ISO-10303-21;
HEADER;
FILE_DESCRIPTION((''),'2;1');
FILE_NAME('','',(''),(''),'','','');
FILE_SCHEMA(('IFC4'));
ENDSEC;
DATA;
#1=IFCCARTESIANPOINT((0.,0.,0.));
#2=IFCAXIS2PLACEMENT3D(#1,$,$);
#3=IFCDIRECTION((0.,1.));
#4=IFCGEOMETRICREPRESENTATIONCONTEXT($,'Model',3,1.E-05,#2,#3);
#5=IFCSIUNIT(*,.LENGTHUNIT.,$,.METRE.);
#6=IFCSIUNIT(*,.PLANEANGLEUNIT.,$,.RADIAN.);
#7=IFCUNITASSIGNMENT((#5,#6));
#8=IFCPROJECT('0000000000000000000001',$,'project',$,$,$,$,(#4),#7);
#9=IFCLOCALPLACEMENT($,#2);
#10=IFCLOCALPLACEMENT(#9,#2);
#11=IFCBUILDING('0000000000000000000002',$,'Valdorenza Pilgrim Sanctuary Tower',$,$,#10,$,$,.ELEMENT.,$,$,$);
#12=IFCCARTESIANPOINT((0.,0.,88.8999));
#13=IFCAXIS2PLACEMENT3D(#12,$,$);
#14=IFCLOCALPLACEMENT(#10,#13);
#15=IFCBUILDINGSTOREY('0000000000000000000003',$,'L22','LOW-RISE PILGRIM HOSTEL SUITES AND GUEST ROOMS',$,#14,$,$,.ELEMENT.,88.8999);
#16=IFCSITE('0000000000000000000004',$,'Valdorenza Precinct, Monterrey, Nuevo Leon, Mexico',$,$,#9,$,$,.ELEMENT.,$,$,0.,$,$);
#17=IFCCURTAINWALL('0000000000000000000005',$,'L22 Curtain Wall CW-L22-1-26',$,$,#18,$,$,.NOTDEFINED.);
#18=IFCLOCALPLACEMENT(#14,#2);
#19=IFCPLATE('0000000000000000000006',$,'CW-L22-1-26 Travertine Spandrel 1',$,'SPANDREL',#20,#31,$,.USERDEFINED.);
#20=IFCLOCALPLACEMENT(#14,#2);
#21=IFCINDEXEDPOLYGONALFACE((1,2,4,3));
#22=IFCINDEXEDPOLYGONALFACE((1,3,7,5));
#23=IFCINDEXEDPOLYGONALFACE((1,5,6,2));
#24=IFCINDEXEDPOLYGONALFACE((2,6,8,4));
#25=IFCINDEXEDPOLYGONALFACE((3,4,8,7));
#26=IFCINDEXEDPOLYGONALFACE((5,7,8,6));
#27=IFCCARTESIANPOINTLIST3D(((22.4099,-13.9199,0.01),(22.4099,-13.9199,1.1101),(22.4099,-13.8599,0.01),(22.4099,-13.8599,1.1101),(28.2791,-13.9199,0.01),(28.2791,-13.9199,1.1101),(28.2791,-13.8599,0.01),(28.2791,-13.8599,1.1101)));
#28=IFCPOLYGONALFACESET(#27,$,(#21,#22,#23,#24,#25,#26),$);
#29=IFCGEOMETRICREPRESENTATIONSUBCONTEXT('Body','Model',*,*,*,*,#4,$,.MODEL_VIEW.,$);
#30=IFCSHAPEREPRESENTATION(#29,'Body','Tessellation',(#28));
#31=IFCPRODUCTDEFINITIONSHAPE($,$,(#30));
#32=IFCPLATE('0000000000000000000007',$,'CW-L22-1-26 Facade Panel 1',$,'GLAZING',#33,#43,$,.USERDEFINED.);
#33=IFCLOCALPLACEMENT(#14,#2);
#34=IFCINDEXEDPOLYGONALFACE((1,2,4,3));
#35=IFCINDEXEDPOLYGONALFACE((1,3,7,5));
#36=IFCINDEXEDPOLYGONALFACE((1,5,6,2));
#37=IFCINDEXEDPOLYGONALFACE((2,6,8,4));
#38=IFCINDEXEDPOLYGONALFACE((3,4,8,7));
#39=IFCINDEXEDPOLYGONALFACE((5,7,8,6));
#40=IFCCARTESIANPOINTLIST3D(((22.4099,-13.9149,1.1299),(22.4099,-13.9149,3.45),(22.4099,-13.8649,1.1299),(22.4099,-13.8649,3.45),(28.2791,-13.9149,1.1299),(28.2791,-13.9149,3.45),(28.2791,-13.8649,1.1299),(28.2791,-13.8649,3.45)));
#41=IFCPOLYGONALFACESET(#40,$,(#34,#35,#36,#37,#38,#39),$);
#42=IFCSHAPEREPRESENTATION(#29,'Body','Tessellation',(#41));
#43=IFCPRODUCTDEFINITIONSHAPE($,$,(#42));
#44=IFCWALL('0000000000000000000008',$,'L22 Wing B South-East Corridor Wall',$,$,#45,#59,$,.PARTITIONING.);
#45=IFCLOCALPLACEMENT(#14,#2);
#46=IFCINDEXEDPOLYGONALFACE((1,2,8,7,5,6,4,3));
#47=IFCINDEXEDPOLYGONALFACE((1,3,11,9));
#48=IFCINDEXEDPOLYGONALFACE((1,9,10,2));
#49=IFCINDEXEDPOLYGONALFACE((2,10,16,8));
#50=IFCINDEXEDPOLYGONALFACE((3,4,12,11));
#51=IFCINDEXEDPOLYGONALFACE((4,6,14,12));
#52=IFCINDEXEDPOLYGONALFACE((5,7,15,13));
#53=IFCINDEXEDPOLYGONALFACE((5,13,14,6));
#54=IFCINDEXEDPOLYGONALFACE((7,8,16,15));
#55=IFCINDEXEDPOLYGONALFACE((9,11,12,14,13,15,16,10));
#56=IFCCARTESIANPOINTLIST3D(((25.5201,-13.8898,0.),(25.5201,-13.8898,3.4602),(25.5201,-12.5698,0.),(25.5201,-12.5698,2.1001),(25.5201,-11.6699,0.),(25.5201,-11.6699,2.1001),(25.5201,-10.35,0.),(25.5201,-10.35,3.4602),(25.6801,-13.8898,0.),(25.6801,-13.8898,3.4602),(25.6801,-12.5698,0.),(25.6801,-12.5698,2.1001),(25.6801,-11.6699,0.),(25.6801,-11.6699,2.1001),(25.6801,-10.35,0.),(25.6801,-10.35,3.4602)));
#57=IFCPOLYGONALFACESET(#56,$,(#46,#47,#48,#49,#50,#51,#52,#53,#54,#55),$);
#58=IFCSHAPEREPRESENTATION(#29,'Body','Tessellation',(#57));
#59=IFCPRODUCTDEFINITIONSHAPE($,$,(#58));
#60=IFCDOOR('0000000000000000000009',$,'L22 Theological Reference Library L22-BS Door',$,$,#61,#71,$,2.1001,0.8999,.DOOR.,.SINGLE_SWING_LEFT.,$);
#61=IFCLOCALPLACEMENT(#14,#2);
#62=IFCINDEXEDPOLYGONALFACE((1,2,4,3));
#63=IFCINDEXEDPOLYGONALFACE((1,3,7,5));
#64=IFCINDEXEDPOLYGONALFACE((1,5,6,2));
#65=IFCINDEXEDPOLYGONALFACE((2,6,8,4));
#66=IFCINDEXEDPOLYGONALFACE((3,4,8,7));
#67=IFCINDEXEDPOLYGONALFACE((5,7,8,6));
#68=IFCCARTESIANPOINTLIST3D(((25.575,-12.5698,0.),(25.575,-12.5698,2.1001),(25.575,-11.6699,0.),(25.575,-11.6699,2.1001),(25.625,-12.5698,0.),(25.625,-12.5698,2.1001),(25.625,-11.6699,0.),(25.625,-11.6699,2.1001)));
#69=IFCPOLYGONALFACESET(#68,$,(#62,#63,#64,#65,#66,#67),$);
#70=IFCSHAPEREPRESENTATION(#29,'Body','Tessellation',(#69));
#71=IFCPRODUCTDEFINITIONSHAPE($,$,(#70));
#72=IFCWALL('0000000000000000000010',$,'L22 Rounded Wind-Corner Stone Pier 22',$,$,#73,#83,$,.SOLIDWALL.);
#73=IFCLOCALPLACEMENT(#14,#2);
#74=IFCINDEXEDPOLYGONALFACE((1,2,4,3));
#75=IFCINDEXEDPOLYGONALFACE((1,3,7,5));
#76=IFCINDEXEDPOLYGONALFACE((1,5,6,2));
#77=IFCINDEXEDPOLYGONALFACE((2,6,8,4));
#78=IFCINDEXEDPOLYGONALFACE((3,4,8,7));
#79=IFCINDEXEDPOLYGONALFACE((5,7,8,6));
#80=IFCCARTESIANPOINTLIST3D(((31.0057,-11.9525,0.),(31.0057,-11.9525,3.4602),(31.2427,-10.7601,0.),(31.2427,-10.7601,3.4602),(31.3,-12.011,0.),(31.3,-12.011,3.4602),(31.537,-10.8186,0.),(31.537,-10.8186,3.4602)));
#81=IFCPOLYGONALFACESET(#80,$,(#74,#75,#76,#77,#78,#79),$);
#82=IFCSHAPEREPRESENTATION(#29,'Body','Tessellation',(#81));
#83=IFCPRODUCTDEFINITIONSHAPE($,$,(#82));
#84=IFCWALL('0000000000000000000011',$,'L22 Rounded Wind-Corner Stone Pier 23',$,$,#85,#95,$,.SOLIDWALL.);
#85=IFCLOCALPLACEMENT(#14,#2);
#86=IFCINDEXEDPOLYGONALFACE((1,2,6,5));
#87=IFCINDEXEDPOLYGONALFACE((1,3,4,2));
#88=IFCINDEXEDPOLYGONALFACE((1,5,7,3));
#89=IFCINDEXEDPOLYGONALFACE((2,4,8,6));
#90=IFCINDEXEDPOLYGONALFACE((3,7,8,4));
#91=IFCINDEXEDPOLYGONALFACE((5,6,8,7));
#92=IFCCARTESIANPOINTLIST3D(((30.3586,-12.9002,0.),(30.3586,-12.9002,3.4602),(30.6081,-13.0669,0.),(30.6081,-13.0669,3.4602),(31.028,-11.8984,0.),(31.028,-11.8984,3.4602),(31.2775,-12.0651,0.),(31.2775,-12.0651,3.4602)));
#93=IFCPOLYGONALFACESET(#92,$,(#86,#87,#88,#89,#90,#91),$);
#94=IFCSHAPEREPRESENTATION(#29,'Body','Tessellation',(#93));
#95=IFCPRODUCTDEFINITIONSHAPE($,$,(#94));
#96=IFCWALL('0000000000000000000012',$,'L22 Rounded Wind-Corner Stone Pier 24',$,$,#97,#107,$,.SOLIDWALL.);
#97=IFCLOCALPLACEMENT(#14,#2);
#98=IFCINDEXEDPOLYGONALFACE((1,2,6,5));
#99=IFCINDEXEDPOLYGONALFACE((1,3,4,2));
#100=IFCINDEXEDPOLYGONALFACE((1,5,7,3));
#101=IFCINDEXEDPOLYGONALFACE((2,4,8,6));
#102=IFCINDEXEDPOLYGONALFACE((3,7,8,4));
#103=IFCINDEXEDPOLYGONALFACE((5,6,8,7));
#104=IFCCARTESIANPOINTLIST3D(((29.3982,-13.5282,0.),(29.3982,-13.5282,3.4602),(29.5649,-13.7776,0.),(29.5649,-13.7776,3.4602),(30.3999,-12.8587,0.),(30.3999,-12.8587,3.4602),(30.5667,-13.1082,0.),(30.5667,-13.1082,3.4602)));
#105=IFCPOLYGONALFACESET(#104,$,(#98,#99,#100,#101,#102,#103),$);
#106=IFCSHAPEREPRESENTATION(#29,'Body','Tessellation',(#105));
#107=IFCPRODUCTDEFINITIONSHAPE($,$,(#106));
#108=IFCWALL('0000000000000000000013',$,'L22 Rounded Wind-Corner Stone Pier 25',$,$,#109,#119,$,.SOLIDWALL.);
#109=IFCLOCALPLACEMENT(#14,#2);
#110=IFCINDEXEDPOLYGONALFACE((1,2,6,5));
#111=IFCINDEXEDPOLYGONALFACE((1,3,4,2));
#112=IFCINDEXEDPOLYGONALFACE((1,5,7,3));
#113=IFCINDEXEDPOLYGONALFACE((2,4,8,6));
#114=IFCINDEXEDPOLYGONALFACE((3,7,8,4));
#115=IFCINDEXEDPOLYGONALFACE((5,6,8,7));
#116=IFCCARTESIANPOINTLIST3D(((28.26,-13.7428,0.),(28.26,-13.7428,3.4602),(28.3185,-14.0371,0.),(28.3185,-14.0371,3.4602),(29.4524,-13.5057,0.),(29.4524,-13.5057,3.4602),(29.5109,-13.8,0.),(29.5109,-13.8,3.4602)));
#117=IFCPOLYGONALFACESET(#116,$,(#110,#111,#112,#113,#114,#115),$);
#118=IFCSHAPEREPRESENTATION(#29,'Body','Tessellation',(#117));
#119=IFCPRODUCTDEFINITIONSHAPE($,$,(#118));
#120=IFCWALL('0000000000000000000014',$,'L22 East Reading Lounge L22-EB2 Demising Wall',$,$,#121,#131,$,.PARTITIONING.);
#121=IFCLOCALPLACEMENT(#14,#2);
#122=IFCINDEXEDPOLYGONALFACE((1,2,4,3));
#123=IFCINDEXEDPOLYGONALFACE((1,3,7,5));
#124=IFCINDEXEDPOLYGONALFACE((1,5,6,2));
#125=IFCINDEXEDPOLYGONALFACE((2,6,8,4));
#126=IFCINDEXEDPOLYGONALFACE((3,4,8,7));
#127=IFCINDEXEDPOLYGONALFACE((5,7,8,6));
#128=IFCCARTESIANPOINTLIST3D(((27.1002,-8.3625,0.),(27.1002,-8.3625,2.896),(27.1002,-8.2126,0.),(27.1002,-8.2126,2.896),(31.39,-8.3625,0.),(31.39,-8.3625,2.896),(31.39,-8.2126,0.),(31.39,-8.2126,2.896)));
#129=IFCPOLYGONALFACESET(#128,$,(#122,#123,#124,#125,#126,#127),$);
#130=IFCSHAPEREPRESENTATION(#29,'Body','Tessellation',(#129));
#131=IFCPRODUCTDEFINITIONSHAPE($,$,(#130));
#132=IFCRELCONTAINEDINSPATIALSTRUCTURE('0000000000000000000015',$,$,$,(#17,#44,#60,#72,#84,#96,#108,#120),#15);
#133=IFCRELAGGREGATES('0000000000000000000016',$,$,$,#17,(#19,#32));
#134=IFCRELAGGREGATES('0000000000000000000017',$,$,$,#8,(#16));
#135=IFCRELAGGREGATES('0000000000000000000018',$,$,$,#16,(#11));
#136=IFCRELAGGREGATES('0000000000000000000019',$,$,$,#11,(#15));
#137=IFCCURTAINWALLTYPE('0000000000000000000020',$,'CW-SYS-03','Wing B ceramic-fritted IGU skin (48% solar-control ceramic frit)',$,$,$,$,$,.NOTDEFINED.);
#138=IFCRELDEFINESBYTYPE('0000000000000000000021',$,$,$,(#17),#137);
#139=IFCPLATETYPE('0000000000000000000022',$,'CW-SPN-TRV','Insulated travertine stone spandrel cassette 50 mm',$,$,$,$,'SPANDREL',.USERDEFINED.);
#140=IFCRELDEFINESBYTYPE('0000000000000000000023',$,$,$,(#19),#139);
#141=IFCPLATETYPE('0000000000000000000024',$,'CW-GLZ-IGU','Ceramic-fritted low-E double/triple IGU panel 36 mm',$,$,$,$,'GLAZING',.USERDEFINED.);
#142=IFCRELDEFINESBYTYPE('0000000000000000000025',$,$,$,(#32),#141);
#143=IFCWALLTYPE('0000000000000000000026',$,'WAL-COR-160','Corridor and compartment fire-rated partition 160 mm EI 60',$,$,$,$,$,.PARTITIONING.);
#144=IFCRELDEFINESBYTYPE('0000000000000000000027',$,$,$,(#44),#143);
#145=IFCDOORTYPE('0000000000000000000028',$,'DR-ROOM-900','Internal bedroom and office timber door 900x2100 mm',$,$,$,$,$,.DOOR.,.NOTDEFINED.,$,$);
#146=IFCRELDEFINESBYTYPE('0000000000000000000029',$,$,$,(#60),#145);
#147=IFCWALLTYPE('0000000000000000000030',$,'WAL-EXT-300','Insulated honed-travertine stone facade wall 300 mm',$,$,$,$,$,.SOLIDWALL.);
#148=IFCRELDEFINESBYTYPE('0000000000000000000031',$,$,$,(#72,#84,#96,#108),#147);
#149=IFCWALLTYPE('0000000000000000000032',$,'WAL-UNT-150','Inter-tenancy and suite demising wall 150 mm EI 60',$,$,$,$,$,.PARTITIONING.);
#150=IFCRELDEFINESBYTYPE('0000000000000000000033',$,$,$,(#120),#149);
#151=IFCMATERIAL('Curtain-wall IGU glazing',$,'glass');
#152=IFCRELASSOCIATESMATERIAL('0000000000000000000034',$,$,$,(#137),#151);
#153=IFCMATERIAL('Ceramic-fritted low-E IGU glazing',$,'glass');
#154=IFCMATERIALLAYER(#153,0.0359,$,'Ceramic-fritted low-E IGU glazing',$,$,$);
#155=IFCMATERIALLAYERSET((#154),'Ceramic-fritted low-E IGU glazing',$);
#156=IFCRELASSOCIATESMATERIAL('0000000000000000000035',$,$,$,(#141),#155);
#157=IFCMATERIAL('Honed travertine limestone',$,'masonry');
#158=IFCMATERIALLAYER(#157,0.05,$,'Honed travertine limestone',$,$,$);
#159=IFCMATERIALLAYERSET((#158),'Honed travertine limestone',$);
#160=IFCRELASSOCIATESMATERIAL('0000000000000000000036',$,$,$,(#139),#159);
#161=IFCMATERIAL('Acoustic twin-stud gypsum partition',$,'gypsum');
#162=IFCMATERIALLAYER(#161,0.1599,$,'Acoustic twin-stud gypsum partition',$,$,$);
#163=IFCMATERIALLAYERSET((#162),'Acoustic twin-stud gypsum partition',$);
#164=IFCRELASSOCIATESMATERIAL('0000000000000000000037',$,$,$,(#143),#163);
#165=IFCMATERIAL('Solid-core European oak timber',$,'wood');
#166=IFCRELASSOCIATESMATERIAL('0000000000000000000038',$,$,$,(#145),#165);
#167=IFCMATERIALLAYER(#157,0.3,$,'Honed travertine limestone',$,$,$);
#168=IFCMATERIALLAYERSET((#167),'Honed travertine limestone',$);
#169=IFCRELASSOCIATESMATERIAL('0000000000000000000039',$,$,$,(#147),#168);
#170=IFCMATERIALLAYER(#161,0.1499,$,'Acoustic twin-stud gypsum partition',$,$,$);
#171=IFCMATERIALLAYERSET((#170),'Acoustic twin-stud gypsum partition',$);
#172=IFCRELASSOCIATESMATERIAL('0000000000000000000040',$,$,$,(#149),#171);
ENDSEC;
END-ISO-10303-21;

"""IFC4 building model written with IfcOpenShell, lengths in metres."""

from ifc_helpers import new_model, si_unit, direction, frame, frame_2d, origin, origin_2d, place, context, subcontext, project, spatial, rectangle, extrude, source, transform, mapped, material, layer, layer_set, type_object, element, fill, aggregate, save


model = new_model("IFC4")

# Units and contexts
model_context = context("Model", 3, precision=1e-05, world=origin(), true_north=direction((0.0, 1.0)))
body_context = subcontext(model_context, "Body", "Model", "MODEL_VIEW")
ifc_project = project(units=[si_unit("LENGTHUNIT", "METRE"), si_unit("PLANEANGLEUNIT", "RADIAN")], contexts=[model_context])

# Site, building, storey
site_placement = place(None, origin())
site = spatial("IfcSite", under=ifc_project, at=site_placement, Name="Valdorenza Precinct, Monterrey, Nuevo Leon, Mexico", CompositionType="ELEMENT", RefElevation=0.0)
building_placement = place(site_placement, origin())
building = spatial("IfcBuilding", under=site, at=building_placement, Name="Valdorenza Pilgrim Sanctuary Tower", CompositionType="ELEMENT")
storey_placement = place(building_placement, frame((0.0, 0.0, 88.8999)))
storey = spatial("IfcBuildingStorey", under=building, at=storey_placement, Name="L22", Description="LOW-RISE PILGRIM HOSTEL SUITES AND GUEST ROOMS", CompositionType="ELEMENT", Elevation=88.8999)

# Curtain wall
ifc_material_1 = material(Name="Curtain-wall IGU glazing", Category="glass")
curtain_wall_type = type_object("IfcCurtainWallType", Name="CW-SYS-03", Description="Wing B ceramic-fritted IGU skin (48% solar-control ceramic frit)", PredefinedType="NOTDEFINED", material=ifc_material_1)
curtain_wall_1_placement = place(storey_placement, origin())
curtain_wall_1 = element("IfcCurtainWall", 1, at=curtain_wall_1_placement, inside=storey, type_object=curtain_wall_type, Name="L22 Curtain Wall CW-L22-1-26", PredefinedType="NOTDEFINED")

# Plates
ifc_material_2 = material(Name="Ceramic-fritted low-E IGU glazing", Category="glass")
ifc_layer_1 = layer(ifc_material_2, 0.0359, Name="Ceramic-fritted low-E IGU glazing")
ifc_layer_set_1 = layer_set([ifc_layer_1], Name="Ceramic-fritted low-E IGU glazing")
plate_type_1 = type_object("IfcPlateType", Name="CW-GLZ-IGU", Description="Ceramic-fritted low-E double/triple IGU panel 36 mm", ElementType="GLAZING", PredefinedType="USERDEFINED", material=ifc_layer_set_1)
ifc_material_3 = material(Name="Honed travertine limestone", Category="masonry")
ifc_layer_2 = layer(ifc_material_3, 0.05, Name="Honed travertine limestone")
ifc_layer_set_2 = layer_set([ifc_layer_2], Name="Honed travertine limestone")
plate_type_2 = type_object("IfcPlateType", Name="CW-SPN-TRV", Description="Insulated travertine stone spandrel cassette 50 mm", ElementType="SPANDREL", PredefinedType="USERDEFINED", material=ifc_layer_set_2)
shared_shape_1 = source(origin(), body_context, "Body", "SweptSolid", [
    extrude(rectangle(XDim=5.8691, YDim=0.0601, at=origin_2d()), origin(), (0.0, 0.0, 1.0), 1.1001),
])
plate_1_placement = place(storey_placement, frame((25.3445, -13.8899, 0.01), z_axis=(0.0, 0.0, 1.0), x_axis=(-1.0, 0.0, 0.0)))
plate_1 = element("IfcPlate", 2, at=plate_1_placement, type_object=plate_type_2, Name="CW-L22-1-26 Travertine Spandrel 1", ObjectType="SPANDREL", PredefinedType="USERDEFINED", context=body_context, shape_type="MappedRepresentation", body=[
    mapped(shared_shape_1, transform((0.0, 0.0, 0.0), x_axis=(1.0, 0.0, 0.0), y_axis=(0.0, 1.0, 0.0), z_axis=(0.0, 0.0, 1.0), scale=1.0)),
])
shared_shape_2 = source(origin(), body_context, "Body", "SweptSolid", [
    extrude(rectangle(XDim=5.8691, YDim=0.05, at=origin_2d()), origin(), (0.0, 0.0, 1.0), 2.3201),
])
plate_2_placement = place(storey_placement, frame((25.3445, -13.8899, 1.1299), z_axis=(0.0, 0.0, 1.0), x_axis=(-1.0, 0.0, 0.0)))
plate_2 = element("IfcPlate", 3, at=plate_2_placement, type_object=plate_type_1, Name="CW-L22-1-26 Facade Panel 1", ObjectType="GLAZING", PredefinedType="USERDEFINED", context=body_context, shape_type="MappedRepresentation", body=[
    mapped(shared_shape_2, transform((0.0, 0.0, 0.0), x_axis=(1.0, 0.0, 0.0), y_axis=(0.0, 1.0, 0.0), z_axis=(0.0, 0.0, 1.0), scale=1.0)),
])
aggregate(curtain_wall_1, [plate_1, plate_2])

# Wall, opening, door
ifc_material_4 = material(Name="Acoustic twin-stud gypsum partition", Category="gypsum")
ifc_layer_3 = layer(ifc_material_4, 0.1599, Name="Acoustic twin-stud gypsum partition")
ifc_layer_set_3 = layer_set([ifc_layer_3], Name="Acoustic twin-stud gypsum partition")
wall_type_1 = type_object("IfcWallType", Name="WAL-COR-160", Description="Corridor and compartment fire-rated partition 160 mm EI 60", PredefinedType="PARTITIONING", material=ifc_layer_set_3)
wall_1_placement = place(storey_placement, frame((25.6001, -13.8899, 0.0), z_axis=(0.0, 0.0, 1.0), x_axis=(0.0, 1.0, 0.0)))
wall_1 = element("IfcWall", 4, at=wall_1_placement, inside=storey, type_object=wall_type_1, Name="L22 Wing B South-East Corridor Wall", PredefinedType="PARTITIONING", context=body_context, shape_type="SweptSolid", body=[
    extrude(rectangle(XDim=3.5398, YDim=0.1599, at=frame_2d((1.77, 0.0))), origin(), (0.0, 0.0, 1.0), 3.4602),
])
opening_1_placement = place(wall_1_placement, frame((1.3201, 0.0, 0.0)))
opening_1 = element("IfcOpeningElement", 5, at=opening_1_placement, cuts=wall_1, PredefinedType="OPENING", context=body_context, shape_type="SweptSolid", body=[
    extrude(rectangle(XDim=0.8999, YDim=2.1001, at=frame_2d((0.45, 1.05))), frame((0.0, 0.0947, 0.0), z_axis=(0.0, -1.0, 0.0), x_axis=(1.0, 0.0, 0.0)), (0.0, 0.0, 1.0), 0.1897),
])
ifc_material_5 = material(Name="Solid-core European oak timber", Category="wood")
door_type_1 = type_object("IfcDoorType", Name="DR-ROOM-900", Description="Internal bedroom and office timber door 900x2100 mm", OperationType="NOTDEFINED", PredefinedType="DOOR", material=ifc_material_5)
door_1_placement = place(opening_1_placement, frame((0.8999, 0.0, 0.0), z_axis=(0.0, 0.0, 1.0), x_axis=(-1.0, 0.0, 0.0)))
door_1 = element("IfcDoor", 6, at=door_1_placement, inside=storey, type_object=door_type_1, Name="L22 Theological Reference Library L22-BS Door", OperationType="SINGLE_SWING_LEFT", OverallHeight=2.1001, OverallWidth=0.8999, PredefinedType="DOOR", context=body_context, shape_type="SweptSolid", body=[
    extrude(rectangle(XDim=0.8999, YDim=2.1001, at=frame_2d((0.45, 1.05))), frame((0.0, 0.0249, 0.0), z_axis=(0.0, -1.0, 0.0), x_axis=(1.0, 0.0, 0.0)), (0.0, 0.0, 1.0), 0.05),
])
fill(opening_1, door_1)

# Walls
ifc_layer_4 = layer(ifc_material_3, 0.3, Name="Honed travertine limestone")
ifc_layer_set_4 = layer_set([ifc_layer_4], Name="Honed travertine limestone")
wall_type_2 = type_object("IfcWallType", Name="WAL-EXT-300", Description="Insulated honed-travertine stone facade wall 300 mm", PredefinedType="SOLIDWALL", material=ifc_layer_set_4)
wall_2_placement = place(storey_placement, frame((31.3899, -10.7893, 0.0), z_axis=(0.0, 0.0, 1.0), x_axis=(-0.194996, -0.980804, 0.0)))
element("IfcWall", 7, at=wall_2_placement, inside=storey, type_object=wall_type_2, Name="L22 Rounded Wind-Corner Stone Pier 22", PredefinedType="SOLIDWALL", context=body_context, shape_type="SweptSolid", body=[
    extrude(rectangle(XDim=1.2158, YDim=0.3, at=frame_2d((0.6079, 0.0))), origin(), (0.0, 0.0, 1.0), 3.4602),
])
for number, where, z_axis, x_axis, name in (
    (8, (31.1528, -11.9817, 0.0), (0.0, 0.0, 1.0), (-0.555635, -0.831426, 0.0), "L22 Rounded Wind-Corner Stone Pier 23"),
    (9, (30.4834, -12.9834, 0.0), (0.0, 0.0, 1.0), (-0.831426, -0.555635, 0.0), "L22 Rounded Wind-Corner Stone Pier 24"),
):
    element("IfcWall", number, at=place(storey_placement, frame(where, z_axis=z_axis, x_axis=x_axis)), inside=storey, type_object=wall_type_2, Name=name, PredefinedType="SOLIDWALL", context=body_context, shape_type="SweptSolid", body=[
        extrude(rectangle(XDim=1.2048, YDim=0.3, at=frame_2d((0.6025, 0.0))), origin(), (0.0, 0.0, 1.0), 3.4602),
    ])
wall_3_placement = place(storey_placement, frame((29.4817, -13.6528, 0.0), z_axis=(0.0, 0.0, 1.0), x_axis=(-0.980804, -0.194996, 0.0)))
element("IfcWall", 10, at=wall_3_placement, inside=storey, type_object=wall_type_2, Name="L22 Rounded Wind-Corner Stone Pier 25", PredefinedType="SOLIDWALL", context=body_context, shape_type="SweptSolid", body=[
    extrude(rectangle(XDim=1.2158, YDim=0.3, at=frame_2d((0.6079, 0.0))), origin(), (0.0, 0.0, 1.0), 3.4602),
])
ifc_layer_5 = layer(ifc_material_4, 0.1499, Name="Acoustic twin-stud gypsum partition")
ifc_layer_set_5 = layer_set([ifc_layer_5], Name="Acoustic twin-stud gypsum partition")
wall_type_3 = type_object("IfcWallType", Name="WAL-UNT-150", Description="Inter-tenancy and suite demising wall 150 mm EI 60", PredefinedType="PARTITIONING", material=ifc_layer_set_5)
wall_4_placement = place(storey_placement, frame((27.1001, -8.2876, 0.0), z_axis=(0.0, 0.0, 1.0), x_axis=(1.0, 0.0, 0.0)))
element("IfcWall", 11, at=wall_4_placement, inside=storey, type_object=wall_type_3, Name="L22 East Reading Lounge L22-EB2 Demising Wall", PredefinedType="PARTITIONING", context=body_context, shape_type="SweptSolid", body=[
    extrude(rectangle(XDim=4.2898, YDim=0.1499, at=frame_2d((2.145, 0.0))), origin(), (0.0, 0.0, 1.0), 2.896),
])

save(model, "model.ifc")
